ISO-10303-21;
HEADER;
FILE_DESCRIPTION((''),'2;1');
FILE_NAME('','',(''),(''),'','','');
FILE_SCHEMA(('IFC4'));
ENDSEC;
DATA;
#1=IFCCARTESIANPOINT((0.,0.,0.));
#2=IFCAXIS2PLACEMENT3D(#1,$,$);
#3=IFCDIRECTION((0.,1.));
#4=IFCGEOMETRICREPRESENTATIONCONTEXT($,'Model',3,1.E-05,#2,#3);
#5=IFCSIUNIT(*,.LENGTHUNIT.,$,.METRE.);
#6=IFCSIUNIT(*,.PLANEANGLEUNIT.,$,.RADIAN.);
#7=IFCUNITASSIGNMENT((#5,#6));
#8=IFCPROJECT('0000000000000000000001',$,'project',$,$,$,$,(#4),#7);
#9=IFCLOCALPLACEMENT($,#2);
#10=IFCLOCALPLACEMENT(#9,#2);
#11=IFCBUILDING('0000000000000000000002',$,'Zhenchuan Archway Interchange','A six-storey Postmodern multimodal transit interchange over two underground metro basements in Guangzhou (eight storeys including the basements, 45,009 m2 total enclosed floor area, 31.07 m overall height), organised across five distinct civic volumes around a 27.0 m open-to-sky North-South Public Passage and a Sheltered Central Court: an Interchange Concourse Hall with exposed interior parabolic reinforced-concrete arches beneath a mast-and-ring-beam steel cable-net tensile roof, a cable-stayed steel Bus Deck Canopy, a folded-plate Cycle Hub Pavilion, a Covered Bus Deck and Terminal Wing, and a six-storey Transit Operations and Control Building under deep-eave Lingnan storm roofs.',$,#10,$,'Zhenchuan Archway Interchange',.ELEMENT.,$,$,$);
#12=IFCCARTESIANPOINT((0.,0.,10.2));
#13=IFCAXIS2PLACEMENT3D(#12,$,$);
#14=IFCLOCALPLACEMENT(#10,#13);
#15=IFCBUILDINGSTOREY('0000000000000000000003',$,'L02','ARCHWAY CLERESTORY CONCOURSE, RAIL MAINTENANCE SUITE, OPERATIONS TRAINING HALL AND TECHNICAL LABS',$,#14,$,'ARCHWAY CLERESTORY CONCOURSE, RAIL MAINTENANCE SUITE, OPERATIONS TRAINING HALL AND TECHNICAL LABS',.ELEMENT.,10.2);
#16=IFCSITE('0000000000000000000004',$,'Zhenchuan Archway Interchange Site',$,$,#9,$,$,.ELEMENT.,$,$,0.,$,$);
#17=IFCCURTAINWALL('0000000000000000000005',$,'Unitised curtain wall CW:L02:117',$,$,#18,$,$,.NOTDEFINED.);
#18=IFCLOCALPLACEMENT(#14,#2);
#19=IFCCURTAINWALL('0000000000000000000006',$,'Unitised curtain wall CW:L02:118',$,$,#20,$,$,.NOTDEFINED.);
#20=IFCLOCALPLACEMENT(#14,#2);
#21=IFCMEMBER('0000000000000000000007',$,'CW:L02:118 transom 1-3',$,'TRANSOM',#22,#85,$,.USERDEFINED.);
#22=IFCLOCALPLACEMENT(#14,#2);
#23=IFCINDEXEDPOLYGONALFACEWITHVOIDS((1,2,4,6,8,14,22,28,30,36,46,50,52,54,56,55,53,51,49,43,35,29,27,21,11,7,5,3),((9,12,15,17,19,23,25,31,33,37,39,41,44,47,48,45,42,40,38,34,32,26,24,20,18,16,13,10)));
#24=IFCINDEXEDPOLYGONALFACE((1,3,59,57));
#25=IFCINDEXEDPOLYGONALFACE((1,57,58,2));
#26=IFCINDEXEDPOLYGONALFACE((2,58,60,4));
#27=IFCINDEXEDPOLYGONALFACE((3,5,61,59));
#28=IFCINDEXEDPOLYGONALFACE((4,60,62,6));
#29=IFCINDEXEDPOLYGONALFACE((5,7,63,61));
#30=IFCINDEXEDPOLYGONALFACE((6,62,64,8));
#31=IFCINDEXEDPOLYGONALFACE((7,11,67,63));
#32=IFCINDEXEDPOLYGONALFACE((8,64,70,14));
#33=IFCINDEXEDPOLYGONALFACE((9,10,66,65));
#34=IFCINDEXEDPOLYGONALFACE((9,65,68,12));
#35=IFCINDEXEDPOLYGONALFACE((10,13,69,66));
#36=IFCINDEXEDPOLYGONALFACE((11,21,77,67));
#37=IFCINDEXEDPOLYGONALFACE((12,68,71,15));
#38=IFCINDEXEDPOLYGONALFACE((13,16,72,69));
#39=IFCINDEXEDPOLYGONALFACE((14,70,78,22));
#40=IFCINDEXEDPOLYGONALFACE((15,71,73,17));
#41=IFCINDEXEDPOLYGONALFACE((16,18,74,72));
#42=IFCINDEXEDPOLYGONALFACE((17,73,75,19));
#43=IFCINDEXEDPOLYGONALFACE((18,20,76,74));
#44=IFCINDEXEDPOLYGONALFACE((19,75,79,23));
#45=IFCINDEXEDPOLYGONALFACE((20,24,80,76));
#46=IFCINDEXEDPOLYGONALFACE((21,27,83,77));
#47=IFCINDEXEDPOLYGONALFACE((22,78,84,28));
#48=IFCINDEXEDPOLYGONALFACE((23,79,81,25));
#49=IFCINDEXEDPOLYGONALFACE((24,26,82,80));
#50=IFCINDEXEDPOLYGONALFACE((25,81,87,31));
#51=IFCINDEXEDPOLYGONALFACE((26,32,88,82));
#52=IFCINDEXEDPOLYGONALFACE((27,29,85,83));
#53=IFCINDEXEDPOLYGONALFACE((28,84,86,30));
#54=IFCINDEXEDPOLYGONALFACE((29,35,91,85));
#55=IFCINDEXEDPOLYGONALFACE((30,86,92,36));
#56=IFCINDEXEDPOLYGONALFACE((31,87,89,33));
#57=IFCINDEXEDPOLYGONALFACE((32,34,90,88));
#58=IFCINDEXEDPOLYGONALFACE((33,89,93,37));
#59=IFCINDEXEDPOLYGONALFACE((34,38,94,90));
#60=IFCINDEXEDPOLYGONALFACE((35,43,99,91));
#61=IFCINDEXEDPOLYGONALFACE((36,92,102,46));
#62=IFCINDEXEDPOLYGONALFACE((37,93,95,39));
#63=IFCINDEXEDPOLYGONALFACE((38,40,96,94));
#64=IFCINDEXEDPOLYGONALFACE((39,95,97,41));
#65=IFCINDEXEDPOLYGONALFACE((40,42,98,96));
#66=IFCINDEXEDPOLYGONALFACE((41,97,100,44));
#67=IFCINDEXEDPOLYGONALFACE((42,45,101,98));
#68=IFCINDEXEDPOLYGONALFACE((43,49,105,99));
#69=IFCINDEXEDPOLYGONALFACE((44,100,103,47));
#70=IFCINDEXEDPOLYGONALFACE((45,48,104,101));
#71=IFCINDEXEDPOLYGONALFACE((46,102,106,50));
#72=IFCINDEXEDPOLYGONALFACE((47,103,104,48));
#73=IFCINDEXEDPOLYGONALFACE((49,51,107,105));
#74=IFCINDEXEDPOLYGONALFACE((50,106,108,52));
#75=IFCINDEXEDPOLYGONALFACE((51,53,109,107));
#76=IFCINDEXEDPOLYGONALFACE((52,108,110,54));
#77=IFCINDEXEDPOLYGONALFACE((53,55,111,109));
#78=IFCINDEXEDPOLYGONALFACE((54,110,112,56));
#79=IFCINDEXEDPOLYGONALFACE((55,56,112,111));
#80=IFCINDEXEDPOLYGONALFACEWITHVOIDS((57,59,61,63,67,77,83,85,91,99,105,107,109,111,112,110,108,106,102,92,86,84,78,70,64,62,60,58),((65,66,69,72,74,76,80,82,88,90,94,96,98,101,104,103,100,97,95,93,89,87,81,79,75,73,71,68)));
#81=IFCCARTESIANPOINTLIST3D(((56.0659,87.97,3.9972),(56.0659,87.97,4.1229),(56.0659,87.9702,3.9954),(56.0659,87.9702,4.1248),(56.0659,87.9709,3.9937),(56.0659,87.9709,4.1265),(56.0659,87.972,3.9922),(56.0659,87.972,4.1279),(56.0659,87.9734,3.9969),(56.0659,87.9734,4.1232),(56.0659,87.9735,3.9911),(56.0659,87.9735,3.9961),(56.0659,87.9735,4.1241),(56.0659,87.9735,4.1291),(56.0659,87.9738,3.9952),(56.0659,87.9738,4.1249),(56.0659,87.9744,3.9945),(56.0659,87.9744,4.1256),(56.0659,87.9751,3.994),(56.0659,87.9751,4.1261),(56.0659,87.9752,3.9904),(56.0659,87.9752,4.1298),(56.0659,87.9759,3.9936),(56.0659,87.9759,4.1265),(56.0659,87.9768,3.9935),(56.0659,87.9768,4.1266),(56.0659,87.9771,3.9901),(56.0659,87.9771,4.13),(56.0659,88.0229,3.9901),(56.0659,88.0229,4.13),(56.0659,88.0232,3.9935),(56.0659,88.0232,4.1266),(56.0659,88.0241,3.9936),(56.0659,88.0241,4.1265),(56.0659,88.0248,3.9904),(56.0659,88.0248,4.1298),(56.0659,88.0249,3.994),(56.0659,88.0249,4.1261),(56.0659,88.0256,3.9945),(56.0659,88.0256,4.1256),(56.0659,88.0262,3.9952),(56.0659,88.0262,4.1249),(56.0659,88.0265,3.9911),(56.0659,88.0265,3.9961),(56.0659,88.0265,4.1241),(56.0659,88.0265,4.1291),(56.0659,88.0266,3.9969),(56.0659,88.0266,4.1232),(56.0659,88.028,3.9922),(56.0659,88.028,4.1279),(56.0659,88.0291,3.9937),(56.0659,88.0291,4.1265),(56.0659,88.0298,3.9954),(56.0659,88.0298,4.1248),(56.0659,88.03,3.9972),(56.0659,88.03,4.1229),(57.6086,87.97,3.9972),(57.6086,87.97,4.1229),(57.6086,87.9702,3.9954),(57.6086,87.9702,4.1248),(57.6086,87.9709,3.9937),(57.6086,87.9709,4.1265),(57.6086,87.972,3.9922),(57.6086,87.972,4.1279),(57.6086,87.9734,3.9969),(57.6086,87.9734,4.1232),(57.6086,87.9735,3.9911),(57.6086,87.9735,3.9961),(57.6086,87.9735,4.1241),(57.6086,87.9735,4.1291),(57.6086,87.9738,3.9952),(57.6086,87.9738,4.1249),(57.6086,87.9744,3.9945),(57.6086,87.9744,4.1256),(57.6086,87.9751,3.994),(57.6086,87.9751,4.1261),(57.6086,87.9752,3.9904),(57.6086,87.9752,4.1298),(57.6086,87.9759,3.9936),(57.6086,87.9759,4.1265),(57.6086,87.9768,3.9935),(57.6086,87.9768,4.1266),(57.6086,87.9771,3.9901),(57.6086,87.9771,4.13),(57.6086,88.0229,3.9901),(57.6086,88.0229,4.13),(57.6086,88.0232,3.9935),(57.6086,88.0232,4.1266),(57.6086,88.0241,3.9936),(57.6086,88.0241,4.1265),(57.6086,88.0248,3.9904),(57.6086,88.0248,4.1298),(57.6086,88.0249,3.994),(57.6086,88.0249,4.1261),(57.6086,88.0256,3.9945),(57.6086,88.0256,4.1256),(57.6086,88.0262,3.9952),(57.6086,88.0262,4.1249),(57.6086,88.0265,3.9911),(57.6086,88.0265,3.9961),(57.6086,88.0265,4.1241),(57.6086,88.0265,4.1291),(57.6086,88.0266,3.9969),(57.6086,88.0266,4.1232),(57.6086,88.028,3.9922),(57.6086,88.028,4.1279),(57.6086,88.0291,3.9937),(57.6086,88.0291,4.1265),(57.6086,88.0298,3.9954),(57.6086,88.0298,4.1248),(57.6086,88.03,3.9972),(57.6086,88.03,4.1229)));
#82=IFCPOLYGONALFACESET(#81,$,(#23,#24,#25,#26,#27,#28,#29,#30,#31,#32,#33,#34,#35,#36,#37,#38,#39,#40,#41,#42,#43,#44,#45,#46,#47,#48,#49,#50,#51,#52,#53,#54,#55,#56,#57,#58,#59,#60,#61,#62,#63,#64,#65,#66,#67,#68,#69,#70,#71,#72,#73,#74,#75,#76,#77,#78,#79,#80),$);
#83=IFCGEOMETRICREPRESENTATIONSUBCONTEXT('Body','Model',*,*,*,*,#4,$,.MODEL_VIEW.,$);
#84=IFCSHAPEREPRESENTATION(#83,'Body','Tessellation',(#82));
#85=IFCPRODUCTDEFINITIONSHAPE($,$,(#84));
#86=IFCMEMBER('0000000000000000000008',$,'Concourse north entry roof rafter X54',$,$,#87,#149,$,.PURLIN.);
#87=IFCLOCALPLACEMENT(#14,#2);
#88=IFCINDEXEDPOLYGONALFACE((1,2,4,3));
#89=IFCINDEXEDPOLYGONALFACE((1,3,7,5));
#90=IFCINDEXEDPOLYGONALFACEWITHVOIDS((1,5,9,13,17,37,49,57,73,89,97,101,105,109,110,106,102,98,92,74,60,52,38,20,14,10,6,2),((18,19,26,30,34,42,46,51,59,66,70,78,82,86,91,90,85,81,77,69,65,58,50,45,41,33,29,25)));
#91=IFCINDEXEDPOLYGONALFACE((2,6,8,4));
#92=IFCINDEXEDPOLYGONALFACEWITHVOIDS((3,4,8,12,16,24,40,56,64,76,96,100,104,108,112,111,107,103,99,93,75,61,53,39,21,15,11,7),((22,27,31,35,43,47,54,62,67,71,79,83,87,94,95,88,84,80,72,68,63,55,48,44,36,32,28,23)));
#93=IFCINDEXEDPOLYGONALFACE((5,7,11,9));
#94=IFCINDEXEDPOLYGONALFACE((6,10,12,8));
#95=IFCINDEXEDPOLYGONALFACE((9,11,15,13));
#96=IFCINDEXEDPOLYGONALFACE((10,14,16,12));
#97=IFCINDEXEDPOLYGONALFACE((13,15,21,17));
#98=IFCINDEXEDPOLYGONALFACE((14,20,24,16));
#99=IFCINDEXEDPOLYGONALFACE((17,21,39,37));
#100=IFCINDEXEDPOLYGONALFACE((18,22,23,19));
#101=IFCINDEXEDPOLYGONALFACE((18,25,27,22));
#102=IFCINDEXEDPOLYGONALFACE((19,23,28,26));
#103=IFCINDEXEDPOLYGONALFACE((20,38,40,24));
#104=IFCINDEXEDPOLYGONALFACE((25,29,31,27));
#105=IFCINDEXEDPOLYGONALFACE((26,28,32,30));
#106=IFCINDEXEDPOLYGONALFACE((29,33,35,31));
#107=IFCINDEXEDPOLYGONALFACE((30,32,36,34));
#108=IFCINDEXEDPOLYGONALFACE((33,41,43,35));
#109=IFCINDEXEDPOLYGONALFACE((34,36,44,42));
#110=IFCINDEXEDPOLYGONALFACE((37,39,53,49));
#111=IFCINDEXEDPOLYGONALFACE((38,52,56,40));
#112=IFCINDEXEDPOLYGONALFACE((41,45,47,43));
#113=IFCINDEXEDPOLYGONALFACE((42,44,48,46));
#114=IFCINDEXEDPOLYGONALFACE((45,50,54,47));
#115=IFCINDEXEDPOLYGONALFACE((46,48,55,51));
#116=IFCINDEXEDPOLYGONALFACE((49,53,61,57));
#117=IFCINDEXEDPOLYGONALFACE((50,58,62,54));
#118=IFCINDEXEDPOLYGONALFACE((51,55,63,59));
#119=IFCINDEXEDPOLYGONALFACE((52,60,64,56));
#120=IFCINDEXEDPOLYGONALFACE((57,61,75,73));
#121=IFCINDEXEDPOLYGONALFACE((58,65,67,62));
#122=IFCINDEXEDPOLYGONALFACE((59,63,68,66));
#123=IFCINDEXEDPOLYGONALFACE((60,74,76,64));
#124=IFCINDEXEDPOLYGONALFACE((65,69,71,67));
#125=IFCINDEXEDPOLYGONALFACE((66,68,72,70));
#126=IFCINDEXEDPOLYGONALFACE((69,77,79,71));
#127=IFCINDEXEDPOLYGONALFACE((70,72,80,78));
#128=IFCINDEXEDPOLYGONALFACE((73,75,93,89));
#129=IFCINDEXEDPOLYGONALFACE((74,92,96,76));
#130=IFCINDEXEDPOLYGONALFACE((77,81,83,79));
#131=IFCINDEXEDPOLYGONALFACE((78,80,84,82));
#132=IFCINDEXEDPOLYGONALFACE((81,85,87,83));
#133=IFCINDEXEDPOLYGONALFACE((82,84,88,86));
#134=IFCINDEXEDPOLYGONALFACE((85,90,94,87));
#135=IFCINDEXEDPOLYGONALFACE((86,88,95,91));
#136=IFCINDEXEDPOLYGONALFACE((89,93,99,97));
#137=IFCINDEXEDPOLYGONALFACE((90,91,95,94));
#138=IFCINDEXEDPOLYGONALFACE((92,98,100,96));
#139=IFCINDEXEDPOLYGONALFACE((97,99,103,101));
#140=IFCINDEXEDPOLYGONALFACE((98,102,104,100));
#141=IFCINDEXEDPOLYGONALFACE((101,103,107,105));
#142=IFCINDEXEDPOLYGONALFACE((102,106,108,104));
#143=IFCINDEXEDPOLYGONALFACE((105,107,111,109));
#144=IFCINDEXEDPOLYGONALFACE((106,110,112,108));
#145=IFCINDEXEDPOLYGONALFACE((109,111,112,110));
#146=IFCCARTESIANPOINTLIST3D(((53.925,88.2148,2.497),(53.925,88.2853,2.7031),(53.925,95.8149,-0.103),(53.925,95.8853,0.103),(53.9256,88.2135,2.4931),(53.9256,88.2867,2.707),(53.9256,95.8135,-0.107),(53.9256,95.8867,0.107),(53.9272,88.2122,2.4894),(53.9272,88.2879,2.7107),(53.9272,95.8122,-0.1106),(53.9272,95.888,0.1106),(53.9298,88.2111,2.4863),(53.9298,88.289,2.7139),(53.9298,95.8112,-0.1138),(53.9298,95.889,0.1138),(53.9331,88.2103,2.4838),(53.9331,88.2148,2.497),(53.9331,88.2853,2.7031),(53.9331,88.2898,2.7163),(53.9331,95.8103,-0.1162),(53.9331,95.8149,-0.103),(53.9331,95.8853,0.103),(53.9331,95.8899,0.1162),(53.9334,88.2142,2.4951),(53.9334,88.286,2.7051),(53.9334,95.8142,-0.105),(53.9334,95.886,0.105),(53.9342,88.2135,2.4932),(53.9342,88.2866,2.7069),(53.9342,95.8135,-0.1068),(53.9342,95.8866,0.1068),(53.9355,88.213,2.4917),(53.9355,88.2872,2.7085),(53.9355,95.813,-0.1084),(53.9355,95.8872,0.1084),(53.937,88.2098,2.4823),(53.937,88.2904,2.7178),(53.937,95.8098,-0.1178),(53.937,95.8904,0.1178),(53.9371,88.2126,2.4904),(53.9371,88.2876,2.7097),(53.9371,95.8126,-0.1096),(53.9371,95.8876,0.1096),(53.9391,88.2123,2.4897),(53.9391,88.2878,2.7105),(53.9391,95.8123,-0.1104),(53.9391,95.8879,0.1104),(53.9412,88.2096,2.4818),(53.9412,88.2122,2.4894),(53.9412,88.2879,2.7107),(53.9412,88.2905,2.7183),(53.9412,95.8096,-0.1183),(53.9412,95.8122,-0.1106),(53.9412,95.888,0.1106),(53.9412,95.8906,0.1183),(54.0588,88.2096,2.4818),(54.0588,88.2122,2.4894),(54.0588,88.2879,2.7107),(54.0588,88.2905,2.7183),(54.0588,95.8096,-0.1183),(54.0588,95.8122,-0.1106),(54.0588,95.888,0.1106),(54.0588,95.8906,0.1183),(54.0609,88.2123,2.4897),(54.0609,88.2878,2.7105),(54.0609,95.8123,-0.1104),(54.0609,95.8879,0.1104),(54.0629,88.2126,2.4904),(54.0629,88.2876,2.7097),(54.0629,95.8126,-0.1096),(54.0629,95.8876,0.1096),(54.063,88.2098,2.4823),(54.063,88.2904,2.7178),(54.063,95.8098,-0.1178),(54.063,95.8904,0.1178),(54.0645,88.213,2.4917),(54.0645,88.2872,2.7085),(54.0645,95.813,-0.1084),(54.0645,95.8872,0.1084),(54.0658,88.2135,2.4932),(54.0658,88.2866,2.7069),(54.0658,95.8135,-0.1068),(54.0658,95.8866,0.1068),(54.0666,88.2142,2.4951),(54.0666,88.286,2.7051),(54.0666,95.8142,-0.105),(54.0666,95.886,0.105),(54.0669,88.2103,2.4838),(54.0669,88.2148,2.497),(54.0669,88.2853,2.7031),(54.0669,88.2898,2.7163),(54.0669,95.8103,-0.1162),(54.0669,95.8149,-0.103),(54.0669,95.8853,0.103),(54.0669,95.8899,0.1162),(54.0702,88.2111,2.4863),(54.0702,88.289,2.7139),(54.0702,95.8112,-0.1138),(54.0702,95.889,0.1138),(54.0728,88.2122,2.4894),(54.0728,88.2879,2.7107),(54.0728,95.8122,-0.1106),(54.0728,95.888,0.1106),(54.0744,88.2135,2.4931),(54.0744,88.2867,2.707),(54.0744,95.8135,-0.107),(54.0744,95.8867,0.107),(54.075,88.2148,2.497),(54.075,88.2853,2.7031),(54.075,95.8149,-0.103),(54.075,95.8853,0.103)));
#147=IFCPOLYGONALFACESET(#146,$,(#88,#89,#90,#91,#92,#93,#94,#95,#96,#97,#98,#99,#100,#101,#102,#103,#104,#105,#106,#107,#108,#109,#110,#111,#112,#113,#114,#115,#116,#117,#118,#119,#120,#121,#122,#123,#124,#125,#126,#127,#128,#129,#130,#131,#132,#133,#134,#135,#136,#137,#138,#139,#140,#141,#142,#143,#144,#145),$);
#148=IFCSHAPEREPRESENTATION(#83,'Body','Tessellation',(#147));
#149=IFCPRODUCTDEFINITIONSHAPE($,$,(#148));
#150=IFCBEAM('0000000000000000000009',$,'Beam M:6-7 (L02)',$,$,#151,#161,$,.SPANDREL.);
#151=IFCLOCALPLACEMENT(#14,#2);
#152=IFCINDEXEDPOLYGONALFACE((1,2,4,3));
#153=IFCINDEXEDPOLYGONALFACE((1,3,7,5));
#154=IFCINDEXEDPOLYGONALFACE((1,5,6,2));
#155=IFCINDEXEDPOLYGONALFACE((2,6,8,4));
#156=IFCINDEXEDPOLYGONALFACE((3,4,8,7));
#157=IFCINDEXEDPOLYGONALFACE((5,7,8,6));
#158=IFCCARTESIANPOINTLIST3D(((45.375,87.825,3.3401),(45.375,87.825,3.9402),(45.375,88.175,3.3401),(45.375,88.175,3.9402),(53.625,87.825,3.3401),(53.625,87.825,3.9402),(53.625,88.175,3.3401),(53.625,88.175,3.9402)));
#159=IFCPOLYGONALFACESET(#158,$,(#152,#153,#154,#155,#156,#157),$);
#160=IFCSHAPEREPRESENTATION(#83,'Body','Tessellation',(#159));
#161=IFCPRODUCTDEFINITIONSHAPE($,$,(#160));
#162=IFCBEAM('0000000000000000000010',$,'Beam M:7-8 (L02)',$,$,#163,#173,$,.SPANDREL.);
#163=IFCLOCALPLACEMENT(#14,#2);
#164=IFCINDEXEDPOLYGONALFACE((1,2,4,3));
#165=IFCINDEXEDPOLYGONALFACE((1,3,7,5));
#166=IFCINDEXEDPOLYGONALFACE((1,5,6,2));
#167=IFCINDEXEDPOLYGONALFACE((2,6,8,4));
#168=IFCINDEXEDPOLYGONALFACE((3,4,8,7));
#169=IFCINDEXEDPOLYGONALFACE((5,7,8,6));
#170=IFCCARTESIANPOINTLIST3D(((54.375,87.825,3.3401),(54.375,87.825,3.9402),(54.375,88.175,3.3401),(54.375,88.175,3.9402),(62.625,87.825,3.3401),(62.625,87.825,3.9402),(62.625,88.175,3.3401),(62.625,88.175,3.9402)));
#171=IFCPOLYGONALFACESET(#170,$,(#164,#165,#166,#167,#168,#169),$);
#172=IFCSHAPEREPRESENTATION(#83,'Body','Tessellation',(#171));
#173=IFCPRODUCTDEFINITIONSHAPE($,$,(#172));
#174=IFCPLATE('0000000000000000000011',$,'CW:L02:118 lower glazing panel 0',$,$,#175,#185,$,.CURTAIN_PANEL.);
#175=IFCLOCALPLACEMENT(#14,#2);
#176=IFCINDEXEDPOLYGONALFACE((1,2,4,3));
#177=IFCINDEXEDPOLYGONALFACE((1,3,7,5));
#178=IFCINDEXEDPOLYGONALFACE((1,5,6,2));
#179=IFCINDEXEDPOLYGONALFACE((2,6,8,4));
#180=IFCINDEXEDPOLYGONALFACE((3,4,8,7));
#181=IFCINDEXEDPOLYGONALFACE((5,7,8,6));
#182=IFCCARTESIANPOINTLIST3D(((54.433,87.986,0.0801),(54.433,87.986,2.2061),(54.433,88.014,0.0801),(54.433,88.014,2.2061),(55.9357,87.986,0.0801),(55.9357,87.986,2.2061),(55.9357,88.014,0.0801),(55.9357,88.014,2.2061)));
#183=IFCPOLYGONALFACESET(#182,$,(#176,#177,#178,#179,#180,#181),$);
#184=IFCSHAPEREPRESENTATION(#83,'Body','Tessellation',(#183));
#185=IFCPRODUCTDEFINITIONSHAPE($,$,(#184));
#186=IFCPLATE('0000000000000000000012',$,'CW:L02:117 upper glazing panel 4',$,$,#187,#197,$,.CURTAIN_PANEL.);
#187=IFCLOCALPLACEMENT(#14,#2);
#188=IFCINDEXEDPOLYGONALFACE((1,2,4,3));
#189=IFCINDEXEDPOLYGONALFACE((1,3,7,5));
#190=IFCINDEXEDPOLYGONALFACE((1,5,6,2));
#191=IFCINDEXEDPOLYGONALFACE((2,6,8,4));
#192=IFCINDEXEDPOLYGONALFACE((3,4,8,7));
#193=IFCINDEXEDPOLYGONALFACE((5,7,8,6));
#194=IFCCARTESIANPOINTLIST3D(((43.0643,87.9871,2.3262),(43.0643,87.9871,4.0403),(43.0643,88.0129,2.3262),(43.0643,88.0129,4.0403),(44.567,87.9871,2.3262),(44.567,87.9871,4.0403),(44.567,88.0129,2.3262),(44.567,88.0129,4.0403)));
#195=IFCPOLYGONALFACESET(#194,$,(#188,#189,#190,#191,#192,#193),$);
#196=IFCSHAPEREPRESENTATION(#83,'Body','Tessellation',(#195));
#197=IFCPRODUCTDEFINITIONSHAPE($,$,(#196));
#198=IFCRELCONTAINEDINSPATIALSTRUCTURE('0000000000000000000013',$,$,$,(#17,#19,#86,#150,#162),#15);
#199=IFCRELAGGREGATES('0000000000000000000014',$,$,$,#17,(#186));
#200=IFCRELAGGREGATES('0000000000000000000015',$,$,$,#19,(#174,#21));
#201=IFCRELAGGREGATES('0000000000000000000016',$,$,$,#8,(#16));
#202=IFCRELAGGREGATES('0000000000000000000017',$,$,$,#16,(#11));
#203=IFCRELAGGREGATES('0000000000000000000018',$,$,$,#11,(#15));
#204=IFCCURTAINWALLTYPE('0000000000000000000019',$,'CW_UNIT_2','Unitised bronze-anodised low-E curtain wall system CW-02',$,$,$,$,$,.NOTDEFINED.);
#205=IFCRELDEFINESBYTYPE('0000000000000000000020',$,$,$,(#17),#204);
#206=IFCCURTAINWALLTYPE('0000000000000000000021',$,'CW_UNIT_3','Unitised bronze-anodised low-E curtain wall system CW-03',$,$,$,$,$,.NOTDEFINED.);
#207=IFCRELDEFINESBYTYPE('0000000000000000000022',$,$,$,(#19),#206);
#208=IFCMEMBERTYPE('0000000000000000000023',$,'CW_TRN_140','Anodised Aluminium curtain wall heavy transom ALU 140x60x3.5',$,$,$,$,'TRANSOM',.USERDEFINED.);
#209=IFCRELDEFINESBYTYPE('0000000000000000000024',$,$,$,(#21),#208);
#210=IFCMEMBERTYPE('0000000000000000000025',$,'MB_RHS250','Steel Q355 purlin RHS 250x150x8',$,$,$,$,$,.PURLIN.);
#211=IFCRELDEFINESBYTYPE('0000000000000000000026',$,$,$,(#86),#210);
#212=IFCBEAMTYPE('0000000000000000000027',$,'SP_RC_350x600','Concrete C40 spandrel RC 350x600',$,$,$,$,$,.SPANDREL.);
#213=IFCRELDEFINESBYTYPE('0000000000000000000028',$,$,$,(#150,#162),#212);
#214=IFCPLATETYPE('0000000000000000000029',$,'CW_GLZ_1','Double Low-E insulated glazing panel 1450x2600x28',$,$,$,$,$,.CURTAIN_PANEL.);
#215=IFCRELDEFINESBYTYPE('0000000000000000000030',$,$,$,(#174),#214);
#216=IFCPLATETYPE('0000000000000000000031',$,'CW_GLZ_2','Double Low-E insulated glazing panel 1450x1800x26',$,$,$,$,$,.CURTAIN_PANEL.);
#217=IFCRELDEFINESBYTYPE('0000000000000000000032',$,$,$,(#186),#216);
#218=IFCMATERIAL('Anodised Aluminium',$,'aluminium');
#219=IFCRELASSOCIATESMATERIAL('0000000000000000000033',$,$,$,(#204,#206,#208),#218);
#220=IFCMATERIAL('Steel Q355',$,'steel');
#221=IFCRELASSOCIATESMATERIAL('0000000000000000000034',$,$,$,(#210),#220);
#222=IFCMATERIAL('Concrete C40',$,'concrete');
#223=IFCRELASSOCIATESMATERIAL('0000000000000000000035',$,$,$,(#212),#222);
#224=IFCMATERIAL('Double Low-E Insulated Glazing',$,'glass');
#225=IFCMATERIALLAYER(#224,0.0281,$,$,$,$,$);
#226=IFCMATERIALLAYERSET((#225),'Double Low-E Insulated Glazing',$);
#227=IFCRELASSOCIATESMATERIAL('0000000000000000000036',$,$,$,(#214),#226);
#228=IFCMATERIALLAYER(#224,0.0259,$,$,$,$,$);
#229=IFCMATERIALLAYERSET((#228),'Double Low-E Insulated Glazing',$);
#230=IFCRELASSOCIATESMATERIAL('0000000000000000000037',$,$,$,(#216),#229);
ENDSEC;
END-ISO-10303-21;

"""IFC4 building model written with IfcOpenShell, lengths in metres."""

from ifc_helpers import new_model, si_unit, direction, frame, origin, origin_2d, place, context, subcontext, project, spatial, rectangle, hollow_rectangle, extrude, material, layer, layer_set, material_profile, profile_set, type_object, element, aggregate, save


model = new_model("IFC4")

# Units and contexts
model_context = context("Model", 3, precision=1e-05, world=origin(), true_north=direction((0.0, 1.0)))
body_context = subcontext(model_context, "Body", "Model", "MODEL_VIEW")
ifc_project = project(units=[si_unit("LENGTHUNIT", "METRE"), si_unit("PLANEANGLEUNIT", "RADIAN")], contexts=[model_context])

# Site, building, storey
site_placement = place(None, origin())
site = spatial("IfcSite", under=ifc_project, at=site_placement, Name="Zhenchuan Archway Interchange Site", CompositionType="ELEMENT", RefElevation=0.0)
building_placement = place(site_placement, origin())
building = spatial("IfcBuilding", under=site, at=building_placement, Name="Zhenchuan Archway Interchange", Description="A six-storey Postmodern multimodal transit interchange over two underground metro basements in Guangzhou (eight storeys including the basements, 45,009 m2 total enclosed floor area, 31.07 m overall height), organised across five distinct civic volumes around a 27.0 m open-to-sky North-South Public Passage and a Sheltered Central Court: an Interchange Concourse Hall with exposed interior parabolic reinforced-concrete arches beneath a mast-and-ring-beam steel cable-net tensile roof, a cable-stayed steel Bus Deck Canopy, a folded-plate Cycle Hub Pavilion, a Covered Bus Deck and Terminal Wing, and a six-storey Transit Operations and Control Building under deep-eave Lingnan storm roofs.", LongName="Zhenchuan Archway Interchange", CompositionType="ELEMENT")
storey_placement = place(building_placement, frame((0.0, 0.0, 10.2)))
storey = spatial("IfcBuildingStorey", under=building, at=storey_placement, Name="L02", Description="ARCHWAY CLERESTORY CONCOURSE, RAIL MAINTENANCE SUITE, OPERATIONS TRAINING HALL AND TECHNICAL LABS", LongName="ARCHWAY CLERESTORY CONCOURSE, RAIL MAINTENANCE SUITE, OPERATIONS TRAINING HALL AND TECHNICAL LABS", CompositionType="ELEMENT", Elevation=10.2)

# Shared definitions
ifc_material_1 = material(Name="Concrete C40", Category="concrete")

# Curtain wall
ifc_material_2 = material(Name="Anodised Aluminium", Category="aluminium")
curtain_wall_type_1 = type_object("IfcCurtainWallType", Name="CW_UNIT_2", Description="Unitised bronze-anodised low-E curtain wall system CW-02", PredefinedType="NOTDEFINED", material=ifc_material_2)
curtain_wall_1_placement = place(storey_placement, origin())
curtain_wall_1 = element("IfcCurtainWall", 1, at=curtain_wall_1_placement, inside=storey, type_object=curtain_wall_type_1, Name="Unitised curtain wall CW:L02:117", PredefinedType="NOTDEFINED")

# Curtain wall, member
curtain_wall_type_2 = type_object("IfcCurtainWallType", Name="CW_UNIT_3", Description="Unitised bronze-anodised low-E curtain wall system CW-03", PredefinedType="NOTDEFINED", material=ifc_material_2)
curtain_wall_2_placement = place(storey_placement, origin())
curtain_wall_2 = element("IfcCurtainWall", 2, at=curtain_wall_2_placement, inside=storey, type_object=curtain_wall_type_2, Name="Unitised curtain wall CW:L02:118", PredefinedType="NOTDEFINED")
ifc_material_profile_1 = material_profile(ifc_material_2, hollow_rectangle(XDim=0.0601, YDim=0.1399, WallThickness=0.0034, InnerFilletRadius=0.0034, OuterFilletRadius=0.0071, at=origin_2d()), Name="ALU 140x60x3.5")
ifc_profile_set_1 = profile_set([ifc_material_profile_1], Name="Anodised Aluminium")
member_type_1 = type_object("IfcMemberType", Name="CW_TRN_140", Description="Anodised Aluminium curtain wall heavy transom ALU 140x60x3.5", ElementType="TRANSOM", PredefinedType="USERDEFINED", material=ifc_profile_set_1)
member_1_placement = place(storey_placement, frame((56.0659, 88.0, 4.0601), z_axis=(1.0, 0.0, 0.0), x_axis=(0.0, 1.0, 0.0)))
member_1 = element("IfcMember", 3, at=member_1_placement, type_object=member_type_1, Name="CW:L02:118 transom 1-3", ObjectType="TRANSOM", PredefinedType="USERDEFINED", context=body_context, shape_type="SweptSolid", body=[
    extrude(hollow_rectangle(XDim=0.0601, YDim=0.1399, WallThickness=0.0034, InnerFilletRadius=0.0034, OuterFilletRadius=0.0071, at=origin_2d()), origin(), (0.0, 0.0, 1.0), 1.5427),
])

# Member
ifc_material_3 = material(Name="Steel Q355", Category="steel")
ifc_material_profile_2 = material_profile(ifc_material_3, hollow_rectangle(XDim=0.1499, YDim=0.25, WallThickness=0.0081, InnerFilletRadius=0.0081, OuterFilletRadius=0.0161, at=origin_2d()), Name="RHS 250x150x8")
ifc_profile_set_2 = profile_set([ifc_material_profile_2], Name="Steel Q355")
member_type_2 = type_object("IfcMemberType", Name="MB_RHS250", Description="Steel Q355 purlin RHS 250x150x8", PredefinedType="PURLIN", material=ifc_profile_set_2)
member_2_placement = place(storey_placement, frame((54.0, 95.8501, 0.0), z_axis=(0.0, -0.946162, 0.323695), x_axis=(1.0, 0.0, 0.0)))
element("IfcMember", 4, at=member_2_placement, inside=storey, type_object=member_type_2, Name="Concourse north entry roof rafter X54", PredefinedType="PURLIN", context=body_context, shape_type="SweptSolid", body=[
    extrude(hollow_rectangle(XDim=0.1499, YDim=0.25, WallThickness=0.0081, InnerFilletRadius=0.0081, OuterFilletRadius=0.0161, at=origin_2d()), origin(), (0.0, 0.0, 1.0), 8.0325),
])

# Beams
ifc_material_profile_3 = material_profile(ifc_material_1, rectangle(XDim=0.3501, YDim=0.6001, at=origin_2d()), Name="RC 350x600")
ifc_profile_set_3 = profile_set([ifc_material_profile_3], Name="Concrete C40")
beam_type = type_object("IfcBeamType", Name="SP_RC_350x600", Description="Concrete C40 spandrel RC 350x600", PredefinedType="SPANDREL", material=ifc_profile_set_3)
for number, where, z_axis, x_axis, name in (
    (5, (45.375, 88.0, 3.6401), (1.0, 0.0, 0.0), (0.0, 1.0, 0.0), "Beam M:6-7 (L02)"),
    (6, (54.375, 88.0, 3.6401), (1.0, 0.0, 0.0), (0.0, 1.0, 0.0), "Beam M:7-8 (L02)"),
):
    element("IfcBeam", number, at=place(storey_placement, frame(where, z_axis=z_axis, x_axis=x_axis)), inside=storey, type_object=beam_type, Name=name, PredefinedType="SPANDREL", context=body_context, shape_type="SweptSolid", body=[
        extrude(rectangle(XDim=0.3501, YDim=0.6001, at=origin_2d()), origin(), (0.0, 0.0, 1.0), 8.25),
    ])

# Plates
ifc_material_4 = material(Name="Double Low-E Insulated Glazing", Category="glass")
ifc_layer_1 = layer(ifc_material_4, 0.0281)
ifc_layer_set_1 = layer_set([ifc_layer_1], Name="Double Low-E Insulated Glazing")
plate_type_1 = type_object("IfcPlateType", Name="CW_GLZ_1", Description="Double Low-E insulated glazing panel 1450x2600x28", PredefinedType="CURTAIN_PANEL", material=ifc_layer_set_1)
plate_1_placement = place(storey_placement, frame((55.1843, 88.0, 0.0801), z_axis=(0.0, 0.0, 1.0), x_axis=(1.0, 0.0, 0.0)))
plate_1 = element("IfcPlate", 7, at=plate_1_placement, type_object=plate_type_1, Name="CW:L02:118 lower glazing panel 0", PredefinedType="CURTAIN_PANEL", context=body_context, shape_type="SweptSolid", body=[
    extrude(rectangle(XDim=1.5027, YDim=0.0281, at=origin_2d()), origin(), (0.0, 0.0, 1.0), 2.126),
])
ifc_layer_2 = layer(ifc_material_4, 0.0259)
ifc_layer_set_2 = layer_set([ifc_layer_2], Name="Double Low-E Insulated Glazing")
plate_type_2 = type_object("IfcPlateType", Name="CW_GLZ_2", Description="Double Low-E insulated glazing panel 1450x1800x26", PredefinedType="CURTAIN_PANEL", material=ifc_layer_set_2)
plate_2_placement = place(storey_placement, frame((43.8157, 88.0, 2.3262), z_axis=(0.0, 0.0, 1.0), x_axis=(1.0, 0.0, 0.0)))
plate_2 = element("IfcPlate", 8, at=plate_2_placement, type_object=plate_type_2, Name="CW:L02:117 upper glazing panel 4", PredefinedType="CURTAIN_PANEL", context=body_context, shape_type="SweptSolid", body=[
    extrude(rectangle(XDim=1.5027, YDim=0.0259, at=origin_2d()), origin(), (0.0, 0.0, 1.0), 1.7141),
])
aggregate(curtain_wall_1, [plate_2])
aggregate(curtain_wall_2, [plate_1, member_1])

save(model, "model.ifc")
